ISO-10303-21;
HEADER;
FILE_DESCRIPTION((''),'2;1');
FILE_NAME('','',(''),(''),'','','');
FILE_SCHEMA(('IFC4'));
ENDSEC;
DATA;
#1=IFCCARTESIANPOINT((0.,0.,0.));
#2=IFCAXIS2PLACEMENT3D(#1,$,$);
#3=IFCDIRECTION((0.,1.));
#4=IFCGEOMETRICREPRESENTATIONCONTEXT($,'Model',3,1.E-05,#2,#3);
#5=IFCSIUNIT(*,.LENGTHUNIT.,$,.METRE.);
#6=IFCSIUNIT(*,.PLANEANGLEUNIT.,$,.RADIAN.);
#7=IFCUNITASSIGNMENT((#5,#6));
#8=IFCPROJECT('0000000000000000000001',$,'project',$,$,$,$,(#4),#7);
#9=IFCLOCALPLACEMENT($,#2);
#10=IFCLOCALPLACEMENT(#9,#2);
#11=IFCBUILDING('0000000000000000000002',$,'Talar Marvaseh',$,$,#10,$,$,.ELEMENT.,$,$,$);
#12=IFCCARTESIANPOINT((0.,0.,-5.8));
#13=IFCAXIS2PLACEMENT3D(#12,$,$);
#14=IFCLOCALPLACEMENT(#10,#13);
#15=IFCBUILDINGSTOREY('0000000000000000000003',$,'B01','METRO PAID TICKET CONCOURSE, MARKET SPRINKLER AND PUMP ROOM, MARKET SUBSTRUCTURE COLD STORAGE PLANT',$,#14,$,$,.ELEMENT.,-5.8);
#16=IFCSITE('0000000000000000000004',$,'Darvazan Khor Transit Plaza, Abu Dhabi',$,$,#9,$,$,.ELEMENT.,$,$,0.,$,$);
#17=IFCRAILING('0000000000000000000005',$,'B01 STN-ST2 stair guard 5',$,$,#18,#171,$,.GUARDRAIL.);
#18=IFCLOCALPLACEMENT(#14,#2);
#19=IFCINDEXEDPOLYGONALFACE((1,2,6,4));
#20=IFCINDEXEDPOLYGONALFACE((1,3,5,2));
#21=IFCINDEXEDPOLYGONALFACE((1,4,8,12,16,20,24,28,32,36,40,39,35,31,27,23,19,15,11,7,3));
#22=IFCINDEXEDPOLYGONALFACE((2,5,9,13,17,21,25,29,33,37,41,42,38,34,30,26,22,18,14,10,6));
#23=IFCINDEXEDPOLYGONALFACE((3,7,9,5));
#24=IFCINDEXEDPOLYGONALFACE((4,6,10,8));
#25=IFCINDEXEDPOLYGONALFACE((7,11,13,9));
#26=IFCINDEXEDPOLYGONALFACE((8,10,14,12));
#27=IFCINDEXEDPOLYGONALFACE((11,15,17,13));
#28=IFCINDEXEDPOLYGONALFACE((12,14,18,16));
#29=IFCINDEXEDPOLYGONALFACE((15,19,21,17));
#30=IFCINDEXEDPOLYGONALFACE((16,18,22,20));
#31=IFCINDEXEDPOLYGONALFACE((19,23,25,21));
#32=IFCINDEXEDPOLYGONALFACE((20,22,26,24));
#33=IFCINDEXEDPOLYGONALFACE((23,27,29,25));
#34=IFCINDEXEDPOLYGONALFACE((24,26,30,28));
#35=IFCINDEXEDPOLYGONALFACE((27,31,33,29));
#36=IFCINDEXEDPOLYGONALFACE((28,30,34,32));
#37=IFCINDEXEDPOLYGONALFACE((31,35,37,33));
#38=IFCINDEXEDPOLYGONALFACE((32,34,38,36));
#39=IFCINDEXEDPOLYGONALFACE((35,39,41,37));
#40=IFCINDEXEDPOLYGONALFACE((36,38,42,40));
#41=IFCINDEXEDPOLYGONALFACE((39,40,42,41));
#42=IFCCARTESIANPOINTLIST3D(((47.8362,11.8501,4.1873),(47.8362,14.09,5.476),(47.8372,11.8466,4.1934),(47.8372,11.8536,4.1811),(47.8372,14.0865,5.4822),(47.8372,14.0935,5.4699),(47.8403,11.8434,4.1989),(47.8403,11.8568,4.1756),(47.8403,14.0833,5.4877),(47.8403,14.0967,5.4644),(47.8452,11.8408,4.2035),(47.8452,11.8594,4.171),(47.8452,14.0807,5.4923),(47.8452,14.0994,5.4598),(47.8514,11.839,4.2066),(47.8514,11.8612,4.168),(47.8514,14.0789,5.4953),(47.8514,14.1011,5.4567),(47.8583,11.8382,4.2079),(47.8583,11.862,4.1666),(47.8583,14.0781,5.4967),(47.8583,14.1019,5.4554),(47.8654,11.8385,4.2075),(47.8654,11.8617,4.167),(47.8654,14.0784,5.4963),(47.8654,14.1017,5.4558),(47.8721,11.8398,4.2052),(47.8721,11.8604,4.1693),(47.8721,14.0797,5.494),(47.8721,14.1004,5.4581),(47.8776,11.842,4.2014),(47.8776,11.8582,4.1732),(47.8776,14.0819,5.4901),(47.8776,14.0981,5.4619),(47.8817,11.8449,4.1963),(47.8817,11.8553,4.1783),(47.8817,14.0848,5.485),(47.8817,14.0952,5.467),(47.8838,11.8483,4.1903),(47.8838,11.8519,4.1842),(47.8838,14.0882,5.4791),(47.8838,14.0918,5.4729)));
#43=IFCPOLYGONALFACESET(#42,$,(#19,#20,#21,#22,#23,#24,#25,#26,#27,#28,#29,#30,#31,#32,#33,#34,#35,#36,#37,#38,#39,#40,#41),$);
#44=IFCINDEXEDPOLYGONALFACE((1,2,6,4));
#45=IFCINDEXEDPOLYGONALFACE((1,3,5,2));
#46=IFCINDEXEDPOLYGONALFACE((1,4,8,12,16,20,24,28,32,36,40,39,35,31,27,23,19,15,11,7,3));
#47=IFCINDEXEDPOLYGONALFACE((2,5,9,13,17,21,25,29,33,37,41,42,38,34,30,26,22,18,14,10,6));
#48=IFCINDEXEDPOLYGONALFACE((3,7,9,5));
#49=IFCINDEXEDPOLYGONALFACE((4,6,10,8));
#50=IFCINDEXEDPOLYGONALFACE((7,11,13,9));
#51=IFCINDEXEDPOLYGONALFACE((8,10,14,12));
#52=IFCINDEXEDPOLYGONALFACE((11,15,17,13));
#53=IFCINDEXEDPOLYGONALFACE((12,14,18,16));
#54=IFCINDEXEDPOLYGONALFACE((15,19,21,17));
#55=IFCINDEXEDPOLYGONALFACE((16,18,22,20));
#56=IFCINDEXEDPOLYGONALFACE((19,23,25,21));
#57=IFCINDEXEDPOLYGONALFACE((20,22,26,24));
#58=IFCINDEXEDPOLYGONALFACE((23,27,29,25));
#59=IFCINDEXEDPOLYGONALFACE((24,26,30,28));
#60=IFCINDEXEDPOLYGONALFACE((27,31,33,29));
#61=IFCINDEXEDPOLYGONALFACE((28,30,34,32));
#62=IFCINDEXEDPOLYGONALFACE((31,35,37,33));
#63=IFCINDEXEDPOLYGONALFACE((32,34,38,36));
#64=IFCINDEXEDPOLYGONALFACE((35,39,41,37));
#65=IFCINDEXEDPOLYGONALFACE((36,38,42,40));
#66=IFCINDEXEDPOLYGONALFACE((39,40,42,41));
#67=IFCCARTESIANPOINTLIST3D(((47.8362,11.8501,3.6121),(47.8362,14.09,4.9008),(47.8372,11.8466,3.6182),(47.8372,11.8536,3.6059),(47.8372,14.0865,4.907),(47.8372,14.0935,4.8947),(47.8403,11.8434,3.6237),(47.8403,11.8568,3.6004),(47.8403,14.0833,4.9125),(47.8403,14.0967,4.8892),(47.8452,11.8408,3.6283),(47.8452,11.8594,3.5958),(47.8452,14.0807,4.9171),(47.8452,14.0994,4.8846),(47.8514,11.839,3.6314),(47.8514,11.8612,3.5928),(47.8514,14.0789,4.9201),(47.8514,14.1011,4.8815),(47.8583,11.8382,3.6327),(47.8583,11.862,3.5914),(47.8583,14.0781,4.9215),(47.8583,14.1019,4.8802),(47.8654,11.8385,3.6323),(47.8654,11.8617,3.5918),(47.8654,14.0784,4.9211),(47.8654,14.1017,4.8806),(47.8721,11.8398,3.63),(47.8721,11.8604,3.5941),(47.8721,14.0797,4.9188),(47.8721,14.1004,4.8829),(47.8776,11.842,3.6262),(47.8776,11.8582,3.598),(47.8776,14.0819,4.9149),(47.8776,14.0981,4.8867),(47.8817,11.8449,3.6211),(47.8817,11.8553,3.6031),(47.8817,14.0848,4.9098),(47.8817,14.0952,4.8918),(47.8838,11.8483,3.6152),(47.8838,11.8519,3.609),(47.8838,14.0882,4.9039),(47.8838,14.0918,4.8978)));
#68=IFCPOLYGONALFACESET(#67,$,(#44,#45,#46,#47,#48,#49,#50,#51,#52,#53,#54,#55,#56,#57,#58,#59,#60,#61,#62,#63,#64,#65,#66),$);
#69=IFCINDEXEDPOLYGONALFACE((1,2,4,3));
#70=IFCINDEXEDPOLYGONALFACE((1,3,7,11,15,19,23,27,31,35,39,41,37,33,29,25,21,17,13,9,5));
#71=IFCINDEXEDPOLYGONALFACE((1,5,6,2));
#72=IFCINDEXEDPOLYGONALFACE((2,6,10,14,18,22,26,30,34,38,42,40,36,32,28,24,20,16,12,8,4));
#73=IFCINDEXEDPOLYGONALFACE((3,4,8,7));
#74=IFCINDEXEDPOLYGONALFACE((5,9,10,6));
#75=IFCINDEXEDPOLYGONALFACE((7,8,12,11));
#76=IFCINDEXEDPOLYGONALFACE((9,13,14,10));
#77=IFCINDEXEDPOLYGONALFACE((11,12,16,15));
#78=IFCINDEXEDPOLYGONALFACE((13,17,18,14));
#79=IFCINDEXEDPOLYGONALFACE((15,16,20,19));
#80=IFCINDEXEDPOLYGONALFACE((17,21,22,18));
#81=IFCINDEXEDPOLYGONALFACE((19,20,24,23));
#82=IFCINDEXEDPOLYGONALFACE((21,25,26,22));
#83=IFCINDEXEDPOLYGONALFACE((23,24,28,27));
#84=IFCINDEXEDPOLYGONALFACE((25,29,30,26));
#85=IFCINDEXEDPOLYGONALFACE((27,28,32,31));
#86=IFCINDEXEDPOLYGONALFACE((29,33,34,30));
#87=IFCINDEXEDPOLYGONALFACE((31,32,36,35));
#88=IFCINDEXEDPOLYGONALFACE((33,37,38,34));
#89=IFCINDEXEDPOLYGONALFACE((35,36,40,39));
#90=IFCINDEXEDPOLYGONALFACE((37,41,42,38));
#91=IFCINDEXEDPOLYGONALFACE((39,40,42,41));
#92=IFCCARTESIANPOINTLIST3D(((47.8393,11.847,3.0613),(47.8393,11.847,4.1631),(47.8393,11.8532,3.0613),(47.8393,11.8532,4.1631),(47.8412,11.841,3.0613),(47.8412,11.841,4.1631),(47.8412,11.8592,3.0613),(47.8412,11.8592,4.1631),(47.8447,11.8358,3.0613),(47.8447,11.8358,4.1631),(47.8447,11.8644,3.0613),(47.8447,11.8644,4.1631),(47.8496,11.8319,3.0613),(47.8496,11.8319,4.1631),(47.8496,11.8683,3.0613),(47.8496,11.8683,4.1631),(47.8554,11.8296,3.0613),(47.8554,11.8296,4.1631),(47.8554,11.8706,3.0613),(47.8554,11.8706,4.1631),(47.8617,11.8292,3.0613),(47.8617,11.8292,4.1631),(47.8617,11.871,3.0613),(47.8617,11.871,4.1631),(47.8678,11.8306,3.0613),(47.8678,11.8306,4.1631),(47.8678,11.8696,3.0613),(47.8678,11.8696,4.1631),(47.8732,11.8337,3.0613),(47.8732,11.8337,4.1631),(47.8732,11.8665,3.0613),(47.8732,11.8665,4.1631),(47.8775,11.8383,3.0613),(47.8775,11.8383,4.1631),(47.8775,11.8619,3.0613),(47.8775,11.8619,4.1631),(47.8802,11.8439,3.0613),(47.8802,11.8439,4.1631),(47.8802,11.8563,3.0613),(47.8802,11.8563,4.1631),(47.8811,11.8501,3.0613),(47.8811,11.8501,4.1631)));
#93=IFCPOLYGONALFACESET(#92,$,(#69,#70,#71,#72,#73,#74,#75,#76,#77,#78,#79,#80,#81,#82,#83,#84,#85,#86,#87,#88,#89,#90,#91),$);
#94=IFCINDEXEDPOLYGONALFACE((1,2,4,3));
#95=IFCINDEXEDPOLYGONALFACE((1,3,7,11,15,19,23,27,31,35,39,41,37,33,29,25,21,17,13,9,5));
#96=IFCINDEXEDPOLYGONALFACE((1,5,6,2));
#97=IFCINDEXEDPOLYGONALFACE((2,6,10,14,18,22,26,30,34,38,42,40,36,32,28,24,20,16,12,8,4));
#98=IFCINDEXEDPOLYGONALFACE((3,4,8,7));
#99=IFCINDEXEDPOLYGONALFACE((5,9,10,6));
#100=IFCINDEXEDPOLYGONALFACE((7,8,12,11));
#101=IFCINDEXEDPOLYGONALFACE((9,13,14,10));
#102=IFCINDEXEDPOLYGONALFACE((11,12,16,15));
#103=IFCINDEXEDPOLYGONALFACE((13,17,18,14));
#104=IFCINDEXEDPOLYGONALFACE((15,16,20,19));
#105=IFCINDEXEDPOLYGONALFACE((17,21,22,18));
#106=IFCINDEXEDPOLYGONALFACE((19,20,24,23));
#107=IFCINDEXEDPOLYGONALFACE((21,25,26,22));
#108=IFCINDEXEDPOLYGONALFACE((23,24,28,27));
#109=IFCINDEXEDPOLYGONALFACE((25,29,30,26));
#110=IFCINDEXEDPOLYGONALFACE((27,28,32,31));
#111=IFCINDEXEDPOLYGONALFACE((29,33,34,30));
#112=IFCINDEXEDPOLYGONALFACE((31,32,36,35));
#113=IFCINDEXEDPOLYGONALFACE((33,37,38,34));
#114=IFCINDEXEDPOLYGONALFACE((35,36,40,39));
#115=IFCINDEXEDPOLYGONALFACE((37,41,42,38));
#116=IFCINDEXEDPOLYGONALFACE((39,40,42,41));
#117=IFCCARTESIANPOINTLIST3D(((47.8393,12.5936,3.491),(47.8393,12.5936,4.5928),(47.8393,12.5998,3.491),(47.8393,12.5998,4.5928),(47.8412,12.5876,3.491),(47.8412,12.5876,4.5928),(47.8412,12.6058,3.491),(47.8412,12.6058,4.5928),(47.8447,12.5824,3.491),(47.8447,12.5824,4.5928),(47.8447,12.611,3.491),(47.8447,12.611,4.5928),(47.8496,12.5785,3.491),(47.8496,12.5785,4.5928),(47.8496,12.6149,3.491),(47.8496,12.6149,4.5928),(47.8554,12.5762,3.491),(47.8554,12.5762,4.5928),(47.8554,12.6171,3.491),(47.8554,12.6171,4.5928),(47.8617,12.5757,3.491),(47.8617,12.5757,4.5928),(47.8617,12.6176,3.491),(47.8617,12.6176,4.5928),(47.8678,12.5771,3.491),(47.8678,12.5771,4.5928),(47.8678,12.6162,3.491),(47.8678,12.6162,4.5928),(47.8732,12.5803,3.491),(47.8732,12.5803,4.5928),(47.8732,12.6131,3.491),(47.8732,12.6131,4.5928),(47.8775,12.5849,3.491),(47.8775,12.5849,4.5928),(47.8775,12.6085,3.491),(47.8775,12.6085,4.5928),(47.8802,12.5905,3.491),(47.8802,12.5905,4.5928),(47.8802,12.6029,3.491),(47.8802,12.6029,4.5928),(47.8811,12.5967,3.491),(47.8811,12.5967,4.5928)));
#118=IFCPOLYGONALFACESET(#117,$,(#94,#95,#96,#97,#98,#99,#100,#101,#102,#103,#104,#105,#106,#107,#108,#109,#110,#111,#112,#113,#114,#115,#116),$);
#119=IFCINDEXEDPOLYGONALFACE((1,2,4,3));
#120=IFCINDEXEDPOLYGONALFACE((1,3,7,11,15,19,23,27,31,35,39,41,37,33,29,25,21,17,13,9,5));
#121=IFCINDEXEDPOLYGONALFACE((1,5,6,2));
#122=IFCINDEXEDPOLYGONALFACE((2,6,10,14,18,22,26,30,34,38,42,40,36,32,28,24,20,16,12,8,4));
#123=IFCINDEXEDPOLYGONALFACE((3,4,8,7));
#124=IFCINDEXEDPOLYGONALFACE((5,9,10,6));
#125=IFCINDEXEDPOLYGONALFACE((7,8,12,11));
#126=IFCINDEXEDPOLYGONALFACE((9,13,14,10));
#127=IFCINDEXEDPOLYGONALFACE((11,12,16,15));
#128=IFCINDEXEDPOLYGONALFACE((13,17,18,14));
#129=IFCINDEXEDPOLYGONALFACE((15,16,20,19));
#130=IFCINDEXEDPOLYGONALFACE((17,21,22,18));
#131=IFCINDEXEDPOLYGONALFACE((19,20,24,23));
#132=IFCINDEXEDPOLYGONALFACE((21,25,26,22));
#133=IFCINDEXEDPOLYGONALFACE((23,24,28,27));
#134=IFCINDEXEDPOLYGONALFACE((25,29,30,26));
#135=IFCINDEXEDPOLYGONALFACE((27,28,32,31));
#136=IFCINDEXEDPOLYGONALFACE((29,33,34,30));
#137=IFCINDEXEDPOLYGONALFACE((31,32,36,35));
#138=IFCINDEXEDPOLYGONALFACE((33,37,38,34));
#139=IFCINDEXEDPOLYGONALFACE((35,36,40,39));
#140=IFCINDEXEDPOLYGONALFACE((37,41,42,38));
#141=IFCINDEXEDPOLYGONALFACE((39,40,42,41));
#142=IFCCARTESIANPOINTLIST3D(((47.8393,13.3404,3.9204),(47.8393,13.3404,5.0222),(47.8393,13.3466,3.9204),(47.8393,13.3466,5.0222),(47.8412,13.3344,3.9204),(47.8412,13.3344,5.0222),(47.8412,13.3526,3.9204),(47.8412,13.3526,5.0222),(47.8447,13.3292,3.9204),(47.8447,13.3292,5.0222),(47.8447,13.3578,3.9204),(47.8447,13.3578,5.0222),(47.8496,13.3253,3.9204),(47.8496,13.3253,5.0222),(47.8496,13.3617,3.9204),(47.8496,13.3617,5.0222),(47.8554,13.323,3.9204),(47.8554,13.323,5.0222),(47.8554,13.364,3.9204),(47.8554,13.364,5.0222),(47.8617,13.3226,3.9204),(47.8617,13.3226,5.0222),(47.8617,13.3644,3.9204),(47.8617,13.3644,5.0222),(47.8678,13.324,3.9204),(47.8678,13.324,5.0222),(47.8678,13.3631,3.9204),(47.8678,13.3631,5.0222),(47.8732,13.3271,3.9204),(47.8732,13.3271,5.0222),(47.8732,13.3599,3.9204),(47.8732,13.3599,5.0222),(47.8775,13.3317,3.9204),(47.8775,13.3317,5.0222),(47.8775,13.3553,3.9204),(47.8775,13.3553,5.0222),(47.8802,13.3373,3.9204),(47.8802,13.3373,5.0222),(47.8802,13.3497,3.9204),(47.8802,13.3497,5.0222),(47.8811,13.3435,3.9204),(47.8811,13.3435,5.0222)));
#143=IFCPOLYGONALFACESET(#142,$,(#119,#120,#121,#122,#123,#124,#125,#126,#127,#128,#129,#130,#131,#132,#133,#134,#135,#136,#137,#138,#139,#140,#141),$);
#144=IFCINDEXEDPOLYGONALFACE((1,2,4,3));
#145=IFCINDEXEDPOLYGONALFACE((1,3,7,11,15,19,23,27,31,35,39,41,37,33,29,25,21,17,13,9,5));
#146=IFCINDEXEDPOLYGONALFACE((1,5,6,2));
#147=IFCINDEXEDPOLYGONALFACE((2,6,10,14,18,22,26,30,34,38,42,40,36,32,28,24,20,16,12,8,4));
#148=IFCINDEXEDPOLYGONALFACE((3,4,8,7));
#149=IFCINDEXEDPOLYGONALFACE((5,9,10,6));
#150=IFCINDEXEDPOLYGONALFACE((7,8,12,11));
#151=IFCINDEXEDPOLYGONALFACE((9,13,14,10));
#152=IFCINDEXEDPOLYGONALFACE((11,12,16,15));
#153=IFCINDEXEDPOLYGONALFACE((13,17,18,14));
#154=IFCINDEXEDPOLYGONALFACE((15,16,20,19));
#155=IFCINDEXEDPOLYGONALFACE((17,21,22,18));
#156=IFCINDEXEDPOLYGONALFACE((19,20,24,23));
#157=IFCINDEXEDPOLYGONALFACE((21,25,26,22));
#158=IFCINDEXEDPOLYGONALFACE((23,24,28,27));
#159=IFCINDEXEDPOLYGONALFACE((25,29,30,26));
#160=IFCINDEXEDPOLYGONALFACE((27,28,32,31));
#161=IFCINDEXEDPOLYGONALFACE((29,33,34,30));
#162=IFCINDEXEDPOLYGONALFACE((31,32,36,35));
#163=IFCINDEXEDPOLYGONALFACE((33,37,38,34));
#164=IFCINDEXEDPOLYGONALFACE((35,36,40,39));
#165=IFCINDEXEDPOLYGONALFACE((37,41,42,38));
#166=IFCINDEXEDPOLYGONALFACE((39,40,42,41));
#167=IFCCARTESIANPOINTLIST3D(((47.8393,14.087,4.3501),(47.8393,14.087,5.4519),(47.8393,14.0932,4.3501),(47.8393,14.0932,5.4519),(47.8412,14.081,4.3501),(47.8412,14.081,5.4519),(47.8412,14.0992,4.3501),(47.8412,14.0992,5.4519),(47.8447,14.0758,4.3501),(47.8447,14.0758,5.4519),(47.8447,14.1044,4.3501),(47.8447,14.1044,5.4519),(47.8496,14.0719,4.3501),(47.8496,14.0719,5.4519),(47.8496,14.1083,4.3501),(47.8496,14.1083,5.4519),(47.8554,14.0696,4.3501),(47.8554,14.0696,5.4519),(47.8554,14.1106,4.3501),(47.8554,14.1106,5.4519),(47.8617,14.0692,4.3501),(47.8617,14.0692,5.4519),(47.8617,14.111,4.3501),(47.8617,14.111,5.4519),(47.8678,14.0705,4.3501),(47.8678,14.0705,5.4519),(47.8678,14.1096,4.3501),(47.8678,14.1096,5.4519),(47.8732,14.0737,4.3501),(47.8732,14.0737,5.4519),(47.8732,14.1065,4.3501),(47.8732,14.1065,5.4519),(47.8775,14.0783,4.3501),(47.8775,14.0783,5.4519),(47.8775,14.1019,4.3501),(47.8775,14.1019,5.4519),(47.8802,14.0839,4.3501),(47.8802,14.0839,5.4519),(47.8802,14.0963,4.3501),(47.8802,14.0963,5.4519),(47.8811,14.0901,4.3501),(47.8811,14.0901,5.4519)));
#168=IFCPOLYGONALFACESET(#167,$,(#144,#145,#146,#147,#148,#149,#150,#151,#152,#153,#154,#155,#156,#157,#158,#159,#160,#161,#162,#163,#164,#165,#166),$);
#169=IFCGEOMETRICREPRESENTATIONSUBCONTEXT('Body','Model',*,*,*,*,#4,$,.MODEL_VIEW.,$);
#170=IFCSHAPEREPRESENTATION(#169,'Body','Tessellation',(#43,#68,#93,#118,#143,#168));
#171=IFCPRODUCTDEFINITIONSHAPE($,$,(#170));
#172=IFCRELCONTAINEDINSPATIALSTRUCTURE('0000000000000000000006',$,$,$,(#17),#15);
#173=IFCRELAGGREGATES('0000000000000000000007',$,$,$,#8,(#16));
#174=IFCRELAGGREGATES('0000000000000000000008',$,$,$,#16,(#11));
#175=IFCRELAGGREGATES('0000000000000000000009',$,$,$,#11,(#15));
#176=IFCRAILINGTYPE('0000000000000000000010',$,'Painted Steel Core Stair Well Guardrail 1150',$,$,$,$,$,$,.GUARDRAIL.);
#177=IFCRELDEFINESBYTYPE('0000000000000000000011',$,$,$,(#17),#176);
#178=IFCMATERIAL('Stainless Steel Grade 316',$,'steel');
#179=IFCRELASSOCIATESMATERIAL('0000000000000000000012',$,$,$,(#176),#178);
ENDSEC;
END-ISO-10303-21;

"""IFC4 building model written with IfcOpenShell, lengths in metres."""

from ifc_helpers import new_model, si_unit, direction, frame, origin, origin_2d, place, context, subcontext, project, spatial, circle, extrude, material, type_object, element, save


model = new_model("IFC4")

# Units and contexts
model_context = context("Model", 3, precision=1e-05, world=origin(), true_north=direction((0.0, 1.0)))
body_context = subcontext(model_context, "Body", "Model", "MODEL_VIEW")
ifc_project = project(units=[si_unit("LENGTHUNIT", "METRE"), si_unit("PLANEANGLEUNIT", "RADIAN")], contexts=[model_context])

# Site, building, storey
site_placement = place(None, origin())
site = spatial("IfcSite", under=ifc_project, at=site_placement, Name="Darvazan Khor Transit Plaza, Abu Dhabi", CompositionType="ELEMENT", RefElevation=0.0)
building_placement = place(site_placement, origin())
building = spatial("IfcBuilding", under=site, at=building_placement, Name="Talar Marvaseh", CompositionType="ELEMENT")
storey_placement = place(building_placement, frame((0.0, 0.0, -5.8)))
storey = spatial("IfcBuildingStorey", under=building, at=storey_placement, Name="B01", Description="METRO PAID TICKET CONCOURSE, MARKET SPRINKLER AND PUMP ROOM, MARKET SUBSTRUCTURE COLD STORAGE PLANT", CompositionType="ELEMENT", Elevation=-5.8)

# Railing
ifc_material_1 = material(Name="Stainless Steel Grade 316", Category="steel")
railing_type_1 = type_object("IfcRailingType", Name="Painted Steel Core Stair Well Guardrail 1150", PredefinedType="GUARDRAIL", material=ifc_material_1)
railing_1_placement = place(storey_placement, frame((47.8601, 11.8501, 3.0613)))
element("IfcRailing", 1, at=railing_1_placement, inside=storey, type_object=railing_type_1, Name="B01 STN-ST2 stair guard 5", PredefinedType="GUARDRAIL", context=body_context, shape_type="SweptSolid", body=[
    extrude(circle(Radius=0.0239, at=origin_2d()), frame((0.0, 0.0, 1.126), z_axis=(0.0, 0.866768, 0.498711), x_axis=(-1.0, 0.0, 0.0)), (0.0, 0.0, 1.0), 2.5842),
    extrude(circle(Radius=0.0239, at=origin_2d()), frame((0.0, 0.0, 0.5508), z_axis=(0.0, 0.866768, 0.498711), x_axis=(-1.0, 0.0, 0.0)), (0.0, 0.0, 1.0), 2.5842),
    extrude(circle(Radius=0.021, at=origin_2d()), origin(), (0.0, 0.0, 1.0), 1.1018),
    extrude(circle(Radius=0.021, at=origin_2d()), frame((0.0, 0.7466, 0.4297)), (0.0, 0.0, 1.0), 1.1018),
    extrude(circle(Radius=0.021, at=origin_2d()), frame((0.0, 1.4934, 0.8591)), (0.0, 0.0, 1.0), 1.1018),
    extrude(circle(Radius=0.021, at=origin_2d()), frame((0.0, 2.24, 1.2888)), (0.0, 0.0, 1.0), 1.1018),
])

save(model, "model.ifc")
